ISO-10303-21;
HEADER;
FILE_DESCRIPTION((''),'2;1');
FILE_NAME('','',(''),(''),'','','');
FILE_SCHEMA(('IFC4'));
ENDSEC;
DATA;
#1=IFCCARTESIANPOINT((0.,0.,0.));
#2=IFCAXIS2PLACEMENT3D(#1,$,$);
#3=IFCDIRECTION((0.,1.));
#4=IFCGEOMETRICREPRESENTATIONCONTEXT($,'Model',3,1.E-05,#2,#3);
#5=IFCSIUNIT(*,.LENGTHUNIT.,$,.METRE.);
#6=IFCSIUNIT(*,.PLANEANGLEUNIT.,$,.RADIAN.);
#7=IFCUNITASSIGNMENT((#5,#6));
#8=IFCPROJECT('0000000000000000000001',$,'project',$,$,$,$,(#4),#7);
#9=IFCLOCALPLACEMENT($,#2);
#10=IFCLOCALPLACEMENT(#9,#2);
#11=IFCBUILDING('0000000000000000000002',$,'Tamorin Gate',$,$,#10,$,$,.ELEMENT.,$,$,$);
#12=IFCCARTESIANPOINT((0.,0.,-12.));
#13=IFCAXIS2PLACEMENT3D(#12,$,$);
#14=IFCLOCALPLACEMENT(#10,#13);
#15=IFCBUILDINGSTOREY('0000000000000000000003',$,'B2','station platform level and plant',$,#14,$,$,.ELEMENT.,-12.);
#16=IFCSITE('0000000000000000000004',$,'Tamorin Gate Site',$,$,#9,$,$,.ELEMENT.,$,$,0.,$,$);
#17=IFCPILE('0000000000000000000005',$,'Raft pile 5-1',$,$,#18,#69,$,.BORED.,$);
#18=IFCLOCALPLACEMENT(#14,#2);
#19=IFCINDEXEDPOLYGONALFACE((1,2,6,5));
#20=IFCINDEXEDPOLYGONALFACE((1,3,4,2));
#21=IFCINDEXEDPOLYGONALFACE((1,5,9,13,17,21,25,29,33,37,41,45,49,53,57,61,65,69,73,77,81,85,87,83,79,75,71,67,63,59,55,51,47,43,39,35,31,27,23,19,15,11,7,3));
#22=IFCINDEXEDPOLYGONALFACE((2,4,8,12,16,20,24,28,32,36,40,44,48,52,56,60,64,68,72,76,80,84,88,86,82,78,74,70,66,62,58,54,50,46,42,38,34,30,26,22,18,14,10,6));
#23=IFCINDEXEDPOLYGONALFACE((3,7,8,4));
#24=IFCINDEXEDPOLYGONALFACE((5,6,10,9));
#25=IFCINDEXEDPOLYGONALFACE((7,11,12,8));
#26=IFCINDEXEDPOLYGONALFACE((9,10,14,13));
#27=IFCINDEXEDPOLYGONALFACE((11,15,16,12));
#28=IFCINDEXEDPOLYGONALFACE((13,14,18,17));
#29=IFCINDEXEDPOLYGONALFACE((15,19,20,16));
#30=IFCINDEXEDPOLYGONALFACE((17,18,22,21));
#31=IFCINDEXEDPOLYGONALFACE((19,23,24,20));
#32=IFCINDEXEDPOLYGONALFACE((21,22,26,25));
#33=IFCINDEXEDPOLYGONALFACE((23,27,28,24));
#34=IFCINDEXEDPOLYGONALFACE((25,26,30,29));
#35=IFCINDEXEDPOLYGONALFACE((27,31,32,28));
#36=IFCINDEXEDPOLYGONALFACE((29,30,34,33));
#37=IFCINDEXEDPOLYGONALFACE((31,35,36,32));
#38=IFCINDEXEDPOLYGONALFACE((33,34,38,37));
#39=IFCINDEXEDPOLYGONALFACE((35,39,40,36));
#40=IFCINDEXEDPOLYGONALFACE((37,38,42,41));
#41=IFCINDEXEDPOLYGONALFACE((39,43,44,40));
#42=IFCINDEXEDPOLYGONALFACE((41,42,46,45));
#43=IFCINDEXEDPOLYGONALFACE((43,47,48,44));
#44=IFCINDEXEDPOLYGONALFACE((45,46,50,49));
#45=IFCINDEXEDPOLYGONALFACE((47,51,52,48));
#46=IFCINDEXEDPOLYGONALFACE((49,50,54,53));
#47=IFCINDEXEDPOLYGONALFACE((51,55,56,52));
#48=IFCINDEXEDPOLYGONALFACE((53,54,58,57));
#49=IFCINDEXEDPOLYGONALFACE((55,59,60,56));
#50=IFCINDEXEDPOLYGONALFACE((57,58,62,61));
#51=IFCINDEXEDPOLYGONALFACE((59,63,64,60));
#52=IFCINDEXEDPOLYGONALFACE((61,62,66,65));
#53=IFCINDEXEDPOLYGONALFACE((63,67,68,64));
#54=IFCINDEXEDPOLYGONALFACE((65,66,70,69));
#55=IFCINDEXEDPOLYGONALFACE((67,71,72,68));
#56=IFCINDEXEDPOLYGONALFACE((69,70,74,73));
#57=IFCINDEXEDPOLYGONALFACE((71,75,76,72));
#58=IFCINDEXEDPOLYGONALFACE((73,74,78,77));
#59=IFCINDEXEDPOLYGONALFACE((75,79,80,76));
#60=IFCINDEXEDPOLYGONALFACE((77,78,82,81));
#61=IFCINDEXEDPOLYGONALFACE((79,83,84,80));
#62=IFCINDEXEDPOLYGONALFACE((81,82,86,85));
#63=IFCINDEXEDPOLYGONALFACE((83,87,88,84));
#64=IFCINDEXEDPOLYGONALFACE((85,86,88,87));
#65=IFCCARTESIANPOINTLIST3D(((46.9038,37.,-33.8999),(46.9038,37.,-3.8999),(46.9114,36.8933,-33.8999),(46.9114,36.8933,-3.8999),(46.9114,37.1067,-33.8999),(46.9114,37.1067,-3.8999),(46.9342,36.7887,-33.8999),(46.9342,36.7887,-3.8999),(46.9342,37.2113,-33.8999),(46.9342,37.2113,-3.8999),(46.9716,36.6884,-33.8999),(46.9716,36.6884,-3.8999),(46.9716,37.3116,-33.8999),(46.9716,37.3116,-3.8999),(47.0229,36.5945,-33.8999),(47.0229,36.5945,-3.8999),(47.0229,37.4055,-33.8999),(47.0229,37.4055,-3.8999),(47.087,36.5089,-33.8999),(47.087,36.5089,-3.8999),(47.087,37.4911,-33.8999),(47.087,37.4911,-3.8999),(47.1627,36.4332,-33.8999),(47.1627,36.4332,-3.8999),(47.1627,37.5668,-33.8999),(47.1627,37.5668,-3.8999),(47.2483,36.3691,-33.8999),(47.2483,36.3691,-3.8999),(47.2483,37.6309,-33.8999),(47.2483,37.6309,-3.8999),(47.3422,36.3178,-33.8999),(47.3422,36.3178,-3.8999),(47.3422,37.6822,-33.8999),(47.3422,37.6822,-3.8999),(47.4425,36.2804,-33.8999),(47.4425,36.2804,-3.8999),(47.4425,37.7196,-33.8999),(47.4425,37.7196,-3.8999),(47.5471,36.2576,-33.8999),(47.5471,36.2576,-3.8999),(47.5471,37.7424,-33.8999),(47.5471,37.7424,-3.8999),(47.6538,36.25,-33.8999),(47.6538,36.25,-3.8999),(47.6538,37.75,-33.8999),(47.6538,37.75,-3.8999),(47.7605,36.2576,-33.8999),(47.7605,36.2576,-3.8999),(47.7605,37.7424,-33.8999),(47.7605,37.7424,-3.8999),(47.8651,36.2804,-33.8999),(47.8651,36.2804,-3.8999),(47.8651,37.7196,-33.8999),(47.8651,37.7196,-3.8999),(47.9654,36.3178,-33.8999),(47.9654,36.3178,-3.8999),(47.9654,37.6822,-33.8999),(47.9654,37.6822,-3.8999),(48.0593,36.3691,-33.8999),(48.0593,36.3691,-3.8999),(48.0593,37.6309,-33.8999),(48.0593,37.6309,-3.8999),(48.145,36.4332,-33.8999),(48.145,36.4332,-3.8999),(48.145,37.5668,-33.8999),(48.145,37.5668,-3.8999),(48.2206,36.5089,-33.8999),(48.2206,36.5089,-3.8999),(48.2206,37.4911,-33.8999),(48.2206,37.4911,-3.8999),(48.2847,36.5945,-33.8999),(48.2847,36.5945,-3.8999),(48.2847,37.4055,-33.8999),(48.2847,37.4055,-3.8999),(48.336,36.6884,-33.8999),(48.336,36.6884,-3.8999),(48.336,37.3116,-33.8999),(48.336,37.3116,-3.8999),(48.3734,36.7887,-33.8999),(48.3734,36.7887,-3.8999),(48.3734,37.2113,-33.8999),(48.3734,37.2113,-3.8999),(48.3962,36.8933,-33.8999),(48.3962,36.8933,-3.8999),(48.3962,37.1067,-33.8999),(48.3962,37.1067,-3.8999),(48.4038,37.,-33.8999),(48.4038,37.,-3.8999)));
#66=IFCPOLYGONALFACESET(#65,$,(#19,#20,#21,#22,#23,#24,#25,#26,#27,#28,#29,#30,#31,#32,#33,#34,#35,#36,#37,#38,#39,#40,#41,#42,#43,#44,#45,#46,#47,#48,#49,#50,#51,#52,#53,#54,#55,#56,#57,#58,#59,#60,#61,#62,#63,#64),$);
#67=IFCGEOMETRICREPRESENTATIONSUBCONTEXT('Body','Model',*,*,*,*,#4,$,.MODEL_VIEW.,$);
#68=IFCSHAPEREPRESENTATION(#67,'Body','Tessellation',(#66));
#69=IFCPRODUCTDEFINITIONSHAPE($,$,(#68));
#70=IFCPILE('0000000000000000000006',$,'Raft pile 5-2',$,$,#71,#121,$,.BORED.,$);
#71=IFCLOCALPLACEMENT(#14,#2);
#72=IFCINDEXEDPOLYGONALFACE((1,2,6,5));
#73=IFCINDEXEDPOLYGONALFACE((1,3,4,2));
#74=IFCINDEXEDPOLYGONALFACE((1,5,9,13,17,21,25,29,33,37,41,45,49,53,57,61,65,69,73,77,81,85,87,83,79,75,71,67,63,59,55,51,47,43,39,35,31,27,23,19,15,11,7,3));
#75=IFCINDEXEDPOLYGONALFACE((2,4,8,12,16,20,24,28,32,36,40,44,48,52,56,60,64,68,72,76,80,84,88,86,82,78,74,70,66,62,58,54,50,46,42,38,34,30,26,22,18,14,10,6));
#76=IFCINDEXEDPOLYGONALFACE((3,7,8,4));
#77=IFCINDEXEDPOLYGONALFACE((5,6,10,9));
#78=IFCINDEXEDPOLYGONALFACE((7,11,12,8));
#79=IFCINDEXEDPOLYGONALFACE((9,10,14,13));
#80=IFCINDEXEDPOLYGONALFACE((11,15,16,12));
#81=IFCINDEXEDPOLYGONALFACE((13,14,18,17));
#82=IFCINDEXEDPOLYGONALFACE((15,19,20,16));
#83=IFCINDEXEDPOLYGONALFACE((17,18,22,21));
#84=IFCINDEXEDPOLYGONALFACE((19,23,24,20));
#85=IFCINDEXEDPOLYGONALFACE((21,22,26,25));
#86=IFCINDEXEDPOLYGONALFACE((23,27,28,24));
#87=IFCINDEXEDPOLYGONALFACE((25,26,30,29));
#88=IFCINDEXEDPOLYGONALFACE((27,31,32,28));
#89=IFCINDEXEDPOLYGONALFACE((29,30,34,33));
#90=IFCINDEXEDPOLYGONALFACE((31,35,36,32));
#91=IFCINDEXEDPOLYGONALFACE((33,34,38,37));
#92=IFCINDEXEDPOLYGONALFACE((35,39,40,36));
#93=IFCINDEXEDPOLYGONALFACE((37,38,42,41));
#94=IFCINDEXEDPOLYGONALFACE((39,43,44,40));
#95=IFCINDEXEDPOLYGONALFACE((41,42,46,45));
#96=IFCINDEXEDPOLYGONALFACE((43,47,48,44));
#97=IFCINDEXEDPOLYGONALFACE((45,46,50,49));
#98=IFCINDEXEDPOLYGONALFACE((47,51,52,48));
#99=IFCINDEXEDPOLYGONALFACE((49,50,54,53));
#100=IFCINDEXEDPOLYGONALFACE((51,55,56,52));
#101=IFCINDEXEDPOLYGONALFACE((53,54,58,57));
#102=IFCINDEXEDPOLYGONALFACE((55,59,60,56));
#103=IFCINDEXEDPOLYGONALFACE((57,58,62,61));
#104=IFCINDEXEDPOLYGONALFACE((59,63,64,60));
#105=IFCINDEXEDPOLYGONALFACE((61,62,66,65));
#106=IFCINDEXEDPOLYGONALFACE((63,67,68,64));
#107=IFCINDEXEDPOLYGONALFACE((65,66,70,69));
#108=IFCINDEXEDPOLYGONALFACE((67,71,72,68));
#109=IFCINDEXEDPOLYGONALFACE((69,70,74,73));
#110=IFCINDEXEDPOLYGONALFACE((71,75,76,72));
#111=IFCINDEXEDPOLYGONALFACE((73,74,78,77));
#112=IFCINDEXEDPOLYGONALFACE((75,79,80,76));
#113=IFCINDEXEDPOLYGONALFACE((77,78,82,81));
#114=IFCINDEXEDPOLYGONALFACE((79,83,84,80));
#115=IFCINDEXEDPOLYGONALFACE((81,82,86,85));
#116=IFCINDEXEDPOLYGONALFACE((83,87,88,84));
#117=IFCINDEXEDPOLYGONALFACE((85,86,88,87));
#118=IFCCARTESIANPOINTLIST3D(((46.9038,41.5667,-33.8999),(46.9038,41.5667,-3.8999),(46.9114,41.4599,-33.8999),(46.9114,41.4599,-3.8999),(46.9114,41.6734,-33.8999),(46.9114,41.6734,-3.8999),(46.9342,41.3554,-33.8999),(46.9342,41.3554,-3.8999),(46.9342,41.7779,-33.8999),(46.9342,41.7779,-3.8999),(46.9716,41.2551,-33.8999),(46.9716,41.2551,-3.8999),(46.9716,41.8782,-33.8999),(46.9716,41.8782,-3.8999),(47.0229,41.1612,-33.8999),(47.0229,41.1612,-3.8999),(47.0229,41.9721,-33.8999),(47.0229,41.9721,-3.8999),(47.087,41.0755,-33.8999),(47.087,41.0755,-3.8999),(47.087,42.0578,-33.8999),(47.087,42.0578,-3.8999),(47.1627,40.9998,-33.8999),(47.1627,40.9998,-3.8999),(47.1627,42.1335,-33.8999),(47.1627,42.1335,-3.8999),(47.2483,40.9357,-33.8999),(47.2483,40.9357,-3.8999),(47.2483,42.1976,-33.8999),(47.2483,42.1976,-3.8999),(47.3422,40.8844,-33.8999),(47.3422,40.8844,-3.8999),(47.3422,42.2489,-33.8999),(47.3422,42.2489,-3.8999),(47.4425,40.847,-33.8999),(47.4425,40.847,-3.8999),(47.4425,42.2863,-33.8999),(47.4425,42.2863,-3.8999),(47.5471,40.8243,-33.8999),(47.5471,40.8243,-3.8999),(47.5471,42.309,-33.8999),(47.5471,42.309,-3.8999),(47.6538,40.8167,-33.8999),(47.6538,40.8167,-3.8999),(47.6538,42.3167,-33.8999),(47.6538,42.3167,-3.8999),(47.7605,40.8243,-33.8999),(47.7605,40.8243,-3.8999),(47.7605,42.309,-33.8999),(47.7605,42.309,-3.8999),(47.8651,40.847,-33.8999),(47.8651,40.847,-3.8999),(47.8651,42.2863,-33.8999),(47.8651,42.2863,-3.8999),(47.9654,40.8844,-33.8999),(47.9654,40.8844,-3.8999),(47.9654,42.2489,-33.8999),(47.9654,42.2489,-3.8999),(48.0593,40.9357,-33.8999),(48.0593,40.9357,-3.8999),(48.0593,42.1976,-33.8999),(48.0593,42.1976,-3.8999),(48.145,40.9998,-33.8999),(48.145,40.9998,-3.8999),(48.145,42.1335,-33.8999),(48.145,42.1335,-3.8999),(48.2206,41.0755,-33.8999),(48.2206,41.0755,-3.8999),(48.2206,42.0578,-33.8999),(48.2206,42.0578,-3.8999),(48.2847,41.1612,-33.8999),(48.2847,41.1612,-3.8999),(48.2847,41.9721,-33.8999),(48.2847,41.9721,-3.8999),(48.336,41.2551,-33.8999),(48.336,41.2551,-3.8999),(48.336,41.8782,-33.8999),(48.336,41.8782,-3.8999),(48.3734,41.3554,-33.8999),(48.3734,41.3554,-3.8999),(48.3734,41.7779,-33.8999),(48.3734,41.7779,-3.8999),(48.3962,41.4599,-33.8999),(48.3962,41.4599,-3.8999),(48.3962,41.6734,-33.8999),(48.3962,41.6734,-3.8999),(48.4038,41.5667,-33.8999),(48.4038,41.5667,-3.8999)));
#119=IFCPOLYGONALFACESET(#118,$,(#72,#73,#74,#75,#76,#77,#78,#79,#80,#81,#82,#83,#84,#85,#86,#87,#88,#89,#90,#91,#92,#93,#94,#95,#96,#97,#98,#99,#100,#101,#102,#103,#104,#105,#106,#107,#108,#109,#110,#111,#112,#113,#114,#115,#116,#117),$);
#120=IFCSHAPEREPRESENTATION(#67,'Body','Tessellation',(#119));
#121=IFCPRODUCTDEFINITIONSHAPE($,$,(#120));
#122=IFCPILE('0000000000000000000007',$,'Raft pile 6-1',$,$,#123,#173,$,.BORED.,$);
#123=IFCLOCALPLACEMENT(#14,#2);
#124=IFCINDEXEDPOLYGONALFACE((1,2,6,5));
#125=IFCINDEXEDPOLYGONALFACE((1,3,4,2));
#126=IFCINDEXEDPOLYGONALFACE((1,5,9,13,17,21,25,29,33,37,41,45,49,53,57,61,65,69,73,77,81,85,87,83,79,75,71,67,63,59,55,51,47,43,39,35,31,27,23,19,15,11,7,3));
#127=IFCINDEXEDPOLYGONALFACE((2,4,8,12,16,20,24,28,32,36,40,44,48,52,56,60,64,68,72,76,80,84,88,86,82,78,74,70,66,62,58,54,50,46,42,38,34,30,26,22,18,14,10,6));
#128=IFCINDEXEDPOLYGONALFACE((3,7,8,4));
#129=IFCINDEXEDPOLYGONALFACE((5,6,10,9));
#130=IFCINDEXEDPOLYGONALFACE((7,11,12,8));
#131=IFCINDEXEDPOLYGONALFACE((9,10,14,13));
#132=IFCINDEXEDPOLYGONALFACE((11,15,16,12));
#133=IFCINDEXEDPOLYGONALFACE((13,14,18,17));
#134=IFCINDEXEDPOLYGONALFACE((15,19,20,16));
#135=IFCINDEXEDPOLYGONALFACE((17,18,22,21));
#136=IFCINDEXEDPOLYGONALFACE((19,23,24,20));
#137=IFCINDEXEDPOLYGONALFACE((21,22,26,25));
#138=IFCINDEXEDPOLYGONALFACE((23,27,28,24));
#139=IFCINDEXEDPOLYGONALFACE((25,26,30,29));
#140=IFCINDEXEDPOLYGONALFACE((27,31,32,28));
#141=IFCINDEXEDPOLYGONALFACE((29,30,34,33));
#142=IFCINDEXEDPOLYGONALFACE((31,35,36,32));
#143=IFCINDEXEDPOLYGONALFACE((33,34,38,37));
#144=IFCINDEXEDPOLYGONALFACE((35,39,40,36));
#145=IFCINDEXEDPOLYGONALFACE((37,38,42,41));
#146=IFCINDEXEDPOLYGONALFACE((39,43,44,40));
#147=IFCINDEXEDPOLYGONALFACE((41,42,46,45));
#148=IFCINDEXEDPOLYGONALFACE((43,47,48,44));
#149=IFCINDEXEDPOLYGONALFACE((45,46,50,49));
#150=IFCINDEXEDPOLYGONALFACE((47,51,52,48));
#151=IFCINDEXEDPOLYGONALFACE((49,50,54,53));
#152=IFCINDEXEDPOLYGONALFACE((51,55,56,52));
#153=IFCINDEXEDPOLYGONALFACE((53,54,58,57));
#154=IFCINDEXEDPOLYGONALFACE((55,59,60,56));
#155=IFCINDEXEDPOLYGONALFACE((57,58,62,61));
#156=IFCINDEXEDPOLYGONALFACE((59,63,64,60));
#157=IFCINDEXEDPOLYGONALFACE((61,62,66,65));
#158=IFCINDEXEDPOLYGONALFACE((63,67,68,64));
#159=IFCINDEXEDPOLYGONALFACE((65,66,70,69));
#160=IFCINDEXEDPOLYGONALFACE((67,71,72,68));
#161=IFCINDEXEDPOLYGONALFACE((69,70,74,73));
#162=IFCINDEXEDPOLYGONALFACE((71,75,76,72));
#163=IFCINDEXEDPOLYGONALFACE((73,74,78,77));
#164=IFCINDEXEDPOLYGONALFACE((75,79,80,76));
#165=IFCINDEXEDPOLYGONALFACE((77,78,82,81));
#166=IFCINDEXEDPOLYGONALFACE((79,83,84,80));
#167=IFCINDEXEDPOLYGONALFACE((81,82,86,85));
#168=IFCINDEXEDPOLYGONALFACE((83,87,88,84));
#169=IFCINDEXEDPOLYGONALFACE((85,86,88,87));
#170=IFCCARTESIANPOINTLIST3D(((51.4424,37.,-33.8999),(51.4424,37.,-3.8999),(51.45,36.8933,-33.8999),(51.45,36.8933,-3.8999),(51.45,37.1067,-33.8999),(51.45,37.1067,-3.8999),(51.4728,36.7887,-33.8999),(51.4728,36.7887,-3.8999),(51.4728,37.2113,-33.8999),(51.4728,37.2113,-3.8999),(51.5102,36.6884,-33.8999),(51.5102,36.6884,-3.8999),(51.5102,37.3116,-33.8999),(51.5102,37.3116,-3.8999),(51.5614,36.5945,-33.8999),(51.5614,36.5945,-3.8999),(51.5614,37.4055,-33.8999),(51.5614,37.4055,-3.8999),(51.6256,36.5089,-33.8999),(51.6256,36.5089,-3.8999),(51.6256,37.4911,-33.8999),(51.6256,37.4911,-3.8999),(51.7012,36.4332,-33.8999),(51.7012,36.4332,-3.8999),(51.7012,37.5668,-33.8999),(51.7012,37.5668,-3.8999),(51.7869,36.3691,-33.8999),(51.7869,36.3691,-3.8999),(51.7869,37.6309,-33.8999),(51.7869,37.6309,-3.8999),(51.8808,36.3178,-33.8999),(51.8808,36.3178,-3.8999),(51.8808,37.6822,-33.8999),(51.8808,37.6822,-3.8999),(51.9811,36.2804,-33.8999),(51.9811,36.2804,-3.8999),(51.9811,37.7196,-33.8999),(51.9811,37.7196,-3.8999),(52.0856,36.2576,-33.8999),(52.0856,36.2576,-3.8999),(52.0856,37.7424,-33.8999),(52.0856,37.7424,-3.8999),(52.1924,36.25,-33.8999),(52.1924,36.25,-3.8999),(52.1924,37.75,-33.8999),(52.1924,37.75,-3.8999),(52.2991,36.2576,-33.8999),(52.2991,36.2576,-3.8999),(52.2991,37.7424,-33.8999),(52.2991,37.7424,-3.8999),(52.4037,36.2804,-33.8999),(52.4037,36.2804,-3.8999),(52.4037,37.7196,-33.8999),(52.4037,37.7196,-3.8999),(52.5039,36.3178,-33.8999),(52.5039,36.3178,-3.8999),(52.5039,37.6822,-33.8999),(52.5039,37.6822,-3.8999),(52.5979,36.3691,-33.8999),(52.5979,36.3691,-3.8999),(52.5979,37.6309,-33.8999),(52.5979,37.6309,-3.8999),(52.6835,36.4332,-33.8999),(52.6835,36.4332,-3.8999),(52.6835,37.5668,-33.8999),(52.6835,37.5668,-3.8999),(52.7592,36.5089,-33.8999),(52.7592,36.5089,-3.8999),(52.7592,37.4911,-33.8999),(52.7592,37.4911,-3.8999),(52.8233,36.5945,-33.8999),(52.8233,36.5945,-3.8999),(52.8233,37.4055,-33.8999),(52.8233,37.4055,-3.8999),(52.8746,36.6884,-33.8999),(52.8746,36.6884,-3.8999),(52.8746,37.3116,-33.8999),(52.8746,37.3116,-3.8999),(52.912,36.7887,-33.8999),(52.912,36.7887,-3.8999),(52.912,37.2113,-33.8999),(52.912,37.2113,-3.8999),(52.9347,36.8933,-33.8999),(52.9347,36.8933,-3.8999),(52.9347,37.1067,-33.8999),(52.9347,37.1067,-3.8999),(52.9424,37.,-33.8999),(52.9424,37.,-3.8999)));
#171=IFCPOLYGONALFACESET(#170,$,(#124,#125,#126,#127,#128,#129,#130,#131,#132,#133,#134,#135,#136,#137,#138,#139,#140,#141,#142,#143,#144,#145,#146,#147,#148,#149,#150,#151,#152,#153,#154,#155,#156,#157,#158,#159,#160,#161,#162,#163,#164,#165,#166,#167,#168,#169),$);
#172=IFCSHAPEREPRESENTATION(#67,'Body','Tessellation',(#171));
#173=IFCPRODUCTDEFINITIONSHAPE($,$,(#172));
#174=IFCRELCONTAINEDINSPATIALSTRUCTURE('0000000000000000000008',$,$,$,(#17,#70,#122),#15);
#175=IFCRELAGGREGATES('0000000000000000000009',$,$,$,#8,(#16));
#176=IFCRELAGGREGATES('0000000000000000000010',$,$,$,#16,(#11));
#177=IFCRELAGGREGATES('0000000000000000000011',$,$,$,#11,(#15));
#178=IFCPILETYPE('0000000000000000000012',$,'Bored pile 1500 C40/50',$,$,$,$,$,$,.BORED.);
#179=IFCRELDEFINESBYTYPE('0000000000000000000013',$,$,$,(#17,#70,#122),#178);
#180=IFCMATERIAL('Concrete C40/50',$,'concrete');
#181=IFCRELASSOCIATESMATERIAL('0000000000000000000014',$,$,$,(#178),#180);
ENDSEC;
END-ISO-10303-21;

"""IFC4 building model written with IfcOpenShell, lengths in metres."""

from ifc_helpers import new_model, si_unit, direction, frame, origin, origin_2d, place, context, subcontext, project, spatial, circle, extrude, material, material_profile, profile_set, type_object, element, save


model = new_model("IFC4")

# Units and contexts
model_context = context("Model", 3, precision=1e-05, world=origin(), true_north=direction((0.0, 1.0)))
body_context = subcontext(model_context, "Body", "Model", "MODEL_VIEW")
ifc_project = project(units=[si_unit("LENGTHUNIT", "METRE"), si_unit("PLANEANGLEUNIT", "RADIAN")], contexts=[model_context])

# Site, building, storey
site_placement = place(None, origin())
site = spatial("IfcSite", under=ifc_project, at=site_placement, Name="Tamorin Gate Site", CompositionType="ELEMENT", RefElevation=0.0)
building_placement = place(site_placement, origin())
building = spatial("IfcBuilding", under=site, at=building_placement, Name="Tamorin Gate", CompositionType="ELEMENT")
storey_placement = place(building_placement, frame((0.0, 0.0, -12.0)))
storey = spatial("IfcBuildingStorey", under=building, at=storey_placement, Name="B2", Description="station platform level and plant", CompositionType="ELEMENT", Elevation=-12.0)

# Piles
ifc_material_1 = material(Name="Concrete C40/50", Category="concrete")
ifc_material_profile_1 = material_profile(ifc_material_1, circle(Radius=0.75, at=origin_2d()))
ifc_profile_set_1 = profile_set([ifc_material_profile_1], Name="Concrete C40/50")
pile_type = type_object("IfcPileType", Name="Bored pile 1500 C40/50", PredefinedType="BORED", material=ifc_profile_set_1)
for number, where, z_axis, x_axis, name in (
    (1, (47.6538, 37.0, -3.8999), (0.0, 0.0, -1.0), (1.0, 0.0, 0.0), "Raft pile 5-1"),
    (2, (47.6538, 41.5667, -3.8999), (0.0, 0.0, -1.0), (1.0, 0.0, 0.0), "Raft pile 5-2"),
    (3, (52.1924, 37.0, -3.8999), (0.0, 0.0, -1.0), (1.0, 0.0, 0.0), "Raft pile 6-1"),
):
    element("IfcPile", number, at=place(storey_placement, frame(where, z_axis=z_axis, x_axis=x_axis)), inside=storey, type_object=pile_type, Name=name, PredefinedType="BORED", context=body_context, shape_type="SweptSolid", body=[
        extrude(circle(Radius=0.75, at=origin_2d()), origin(), (0.0, 0.0, 1.0), 30.0),
    ])

save(model, "model.ifc")
